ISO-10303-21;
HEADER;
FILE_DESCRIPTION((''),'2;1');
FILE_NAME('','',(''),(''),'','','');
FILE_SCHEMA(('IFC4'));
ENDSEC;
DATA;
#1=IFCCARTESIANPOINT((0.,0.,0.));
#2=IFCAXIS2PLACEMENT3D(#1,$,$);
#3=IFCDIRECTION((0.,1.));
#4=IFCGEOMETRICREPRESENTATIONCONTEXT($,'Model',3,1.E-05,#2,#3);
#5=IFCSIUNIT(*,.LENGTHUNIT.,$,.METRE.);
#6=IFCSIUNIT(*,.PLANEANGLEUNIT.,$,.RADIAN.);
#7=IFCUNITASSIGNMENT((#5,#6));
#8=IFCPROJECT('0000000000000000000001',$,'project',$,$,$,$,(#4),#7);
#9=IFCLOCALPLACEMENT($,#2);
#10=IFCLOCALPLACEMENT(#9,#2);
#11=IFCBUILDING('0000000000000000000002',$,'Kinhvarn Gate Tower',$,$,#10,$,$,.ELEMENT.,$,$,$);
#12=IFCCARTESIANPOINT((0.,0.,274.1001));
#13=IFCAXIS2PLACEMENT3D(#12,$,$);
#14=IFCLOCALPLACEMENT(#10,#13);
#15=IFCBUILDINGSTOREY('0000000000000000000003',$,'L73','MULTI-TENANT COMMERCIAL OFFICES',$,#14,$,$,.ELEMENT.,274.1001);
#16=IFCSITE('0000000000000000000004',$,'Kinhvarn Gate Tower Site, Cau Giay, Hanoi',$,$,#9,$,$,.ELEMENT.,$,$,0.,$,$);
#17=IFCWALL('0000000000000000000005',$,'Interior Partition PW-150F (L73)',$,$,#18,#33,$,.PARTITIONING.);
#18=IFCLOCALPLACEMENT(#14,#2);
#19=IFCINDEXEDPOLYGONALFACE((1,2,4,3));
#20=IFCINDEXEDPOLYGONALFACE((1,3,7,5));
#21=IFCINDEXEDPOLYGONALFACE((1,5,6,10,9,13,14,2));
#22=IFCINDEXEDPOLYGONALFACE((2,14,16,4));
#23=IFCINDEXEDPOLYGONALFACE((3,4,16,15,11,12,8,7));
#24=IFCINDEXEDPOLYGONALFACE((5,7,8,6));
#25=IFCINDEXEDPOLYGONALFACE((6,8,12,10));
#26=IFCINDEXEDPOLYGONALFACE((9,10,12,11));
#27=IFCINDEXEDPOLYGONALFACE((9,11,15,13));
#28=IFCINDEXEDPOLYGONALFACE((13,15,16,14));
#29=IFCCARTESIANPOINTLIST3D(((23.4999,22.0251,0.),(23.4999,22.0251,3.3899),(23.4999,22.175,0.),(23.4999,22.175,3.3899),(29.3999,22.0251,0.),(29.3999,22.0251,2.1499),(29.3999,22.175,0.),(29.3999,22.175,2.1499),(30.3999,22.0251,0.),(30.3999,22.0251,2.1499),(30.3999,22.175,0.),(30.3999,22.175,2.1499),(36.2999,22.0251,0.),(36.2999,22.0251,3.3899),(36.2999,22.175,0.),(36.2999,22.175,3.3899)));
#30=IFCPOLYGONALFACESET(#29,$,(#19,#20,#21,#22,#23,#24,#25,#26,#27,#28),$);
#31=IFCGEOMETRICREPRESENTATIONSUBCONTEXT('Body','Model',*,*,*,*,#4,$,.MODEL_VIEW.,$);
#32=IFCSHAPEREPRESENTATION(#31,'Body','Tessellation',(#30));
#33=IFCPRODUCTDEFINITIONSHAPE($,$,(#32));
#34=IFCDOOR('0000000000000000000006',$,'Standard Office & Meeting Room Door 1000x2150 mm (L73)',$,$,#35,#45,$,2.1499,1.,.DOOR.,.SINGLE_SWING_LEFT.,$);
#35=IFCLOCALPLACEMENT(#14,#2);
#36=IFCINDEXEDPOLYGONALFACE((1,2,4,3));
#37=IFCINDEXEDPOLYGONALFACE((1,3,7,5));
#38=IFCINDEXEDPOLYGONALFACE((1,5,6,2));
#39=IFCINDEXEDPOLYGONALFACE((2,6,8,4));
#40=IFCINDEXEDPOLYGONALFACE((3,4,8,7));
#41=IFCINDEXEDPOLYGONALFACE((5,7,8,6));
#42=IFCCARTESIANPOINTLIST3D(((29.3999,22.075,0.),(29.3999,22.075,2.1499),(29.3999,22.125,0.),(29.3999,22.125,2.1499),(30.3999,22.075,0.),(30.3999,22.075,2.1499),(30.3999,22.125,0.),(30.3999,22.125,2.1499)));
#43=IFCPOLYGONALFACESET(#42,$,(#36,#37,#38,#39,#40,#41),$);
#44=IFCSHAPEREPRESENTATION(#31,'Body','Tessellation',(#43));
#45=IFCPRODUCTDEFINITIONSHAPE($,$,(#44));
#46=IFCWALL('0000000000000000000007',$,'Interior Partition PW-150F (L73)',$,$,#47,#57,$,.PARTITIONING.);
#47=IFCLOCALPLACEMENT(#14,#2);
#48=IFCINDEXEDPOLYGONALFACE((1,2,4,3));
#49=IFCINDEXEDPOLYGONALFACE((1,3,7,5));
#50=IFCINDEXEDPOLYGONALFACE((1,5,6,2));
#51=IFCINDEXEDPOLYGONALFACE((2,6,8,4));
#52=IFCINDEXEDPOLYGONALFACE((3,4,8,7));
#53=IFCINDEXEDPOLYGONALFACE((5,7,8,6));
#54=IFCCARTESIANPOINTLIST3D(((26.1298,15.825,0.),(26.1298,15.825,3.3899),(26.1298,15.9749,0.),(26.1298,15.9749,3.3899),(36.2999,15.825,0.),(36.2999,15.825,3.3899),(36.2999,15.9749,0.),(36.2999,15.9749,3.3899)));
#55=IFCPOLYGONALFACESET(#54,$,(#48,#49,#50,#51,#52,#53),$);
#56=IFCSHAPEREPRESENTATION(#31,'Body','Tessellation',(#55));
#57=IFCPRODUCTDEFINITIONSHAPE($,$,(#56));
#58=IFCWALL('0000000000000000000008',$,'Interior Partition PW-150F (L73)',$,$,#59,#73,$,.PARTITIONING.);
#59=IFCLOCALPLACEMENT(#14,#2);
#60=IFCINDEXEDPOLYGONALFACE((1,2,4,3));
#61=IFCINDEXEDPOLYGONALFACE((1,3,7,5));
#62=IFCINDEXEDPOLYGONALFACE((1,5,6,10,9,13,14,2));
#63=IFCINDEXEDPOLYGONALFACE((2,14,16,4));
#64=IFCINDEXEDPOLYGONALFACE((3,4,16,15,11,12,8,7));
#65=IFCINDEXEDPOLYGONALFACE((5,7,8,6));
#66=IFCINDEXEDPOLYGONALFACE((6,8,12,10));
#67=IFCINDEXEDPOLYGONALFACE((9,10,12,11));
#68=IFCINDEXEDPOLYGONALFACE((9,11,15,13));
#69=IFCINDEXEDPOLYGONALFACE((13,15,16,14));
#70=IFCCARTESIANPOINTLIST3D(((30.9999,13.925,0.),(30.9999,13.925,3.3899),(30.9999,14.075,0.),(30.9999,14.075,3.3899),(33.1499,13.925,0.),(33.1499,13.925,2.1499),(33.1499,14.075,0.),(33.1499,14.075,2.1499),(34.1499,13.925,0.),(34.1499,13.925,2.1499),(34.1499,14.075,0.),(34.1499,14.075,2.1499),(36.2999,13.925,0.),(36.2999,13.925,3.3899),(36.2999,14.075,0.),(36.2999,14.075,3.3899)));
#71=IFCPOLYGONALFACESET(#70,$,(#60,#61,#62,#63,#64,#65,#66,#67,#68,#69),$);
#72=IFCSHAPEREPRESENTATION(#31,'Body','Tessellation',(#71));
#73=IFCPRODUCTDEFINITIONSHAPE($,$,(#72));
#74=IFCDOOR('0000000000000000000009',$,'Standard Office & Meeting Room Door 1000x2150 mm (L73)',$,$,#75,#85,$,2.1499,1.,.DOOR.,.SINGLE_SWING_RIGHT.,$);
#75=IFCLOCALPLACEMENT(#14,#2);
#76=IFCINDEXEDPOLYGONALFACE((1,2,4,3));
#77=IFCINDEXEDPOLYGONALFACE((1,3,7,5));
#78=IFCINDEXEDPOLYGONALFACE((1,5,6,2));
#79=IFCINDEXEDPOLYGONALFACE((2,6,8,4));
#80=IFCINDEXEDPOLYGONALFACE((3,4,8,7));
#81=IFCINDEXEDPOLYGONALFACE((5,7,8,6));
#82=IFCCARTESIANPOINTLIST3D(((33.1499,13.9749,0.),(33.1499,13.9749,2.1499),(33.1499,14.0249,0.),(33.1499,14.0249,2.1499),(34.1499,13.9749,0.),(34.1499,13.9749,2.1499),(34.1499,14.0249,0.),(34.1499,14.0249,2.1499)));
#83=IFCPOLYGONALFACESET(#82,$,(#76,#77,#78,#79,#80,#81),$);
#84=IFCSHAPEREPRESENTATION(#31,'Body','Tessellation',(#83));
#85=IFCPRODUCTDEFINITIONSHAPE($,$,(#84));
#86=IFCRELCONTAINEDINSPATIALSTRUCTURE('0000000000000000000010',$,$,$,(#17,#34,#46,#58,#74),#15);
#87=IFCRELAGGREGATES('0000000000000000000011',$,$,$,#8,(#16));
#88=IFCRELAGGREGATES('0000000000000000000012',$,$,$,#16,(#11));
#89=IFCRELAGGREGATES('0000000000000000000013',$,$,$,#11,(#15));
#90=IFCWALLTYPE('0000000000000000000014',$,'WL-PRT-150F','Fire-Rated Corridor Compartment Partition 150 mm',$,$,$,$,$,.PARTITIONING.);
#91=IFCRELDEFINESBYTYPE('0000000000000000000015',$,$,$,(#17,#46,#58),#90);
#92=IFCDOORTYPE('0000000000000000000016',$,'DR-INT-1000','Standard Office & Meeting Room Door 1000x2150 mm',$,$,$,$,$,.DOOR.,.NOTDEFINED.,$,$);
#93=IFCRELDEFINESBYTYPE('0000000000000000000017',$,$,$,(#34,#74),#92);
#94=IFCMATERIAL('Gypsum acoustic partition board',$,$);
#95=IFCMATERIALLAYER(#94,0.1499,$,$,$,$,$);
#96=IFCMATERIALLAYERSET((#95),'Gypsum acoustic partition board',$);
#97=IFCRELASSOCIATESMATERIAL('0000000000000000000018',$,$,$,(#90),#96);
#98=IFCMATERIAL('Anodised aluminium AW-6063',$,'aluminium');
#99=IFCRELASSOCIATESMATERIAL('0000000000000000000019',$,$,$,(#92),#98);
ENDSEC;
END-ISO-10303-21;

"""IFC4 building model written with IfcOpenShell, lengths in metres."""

from ifc_helpers import new_model, si_unit, direction, frame, frame_2d, origin, place, context, subcontext, project, spatial, rectangle, extrude, material, layer, layer_set, type_object, element, fill, save


model = new_model("IFC4")

# Units and contexts
model_context = context("Model", 3, precision=1e-05, world=origin(), true_north=direction((0.0, 1.0)))
body_context = subcontext(model_context, "Body", "Model", "MODEL_VIEW")
ifc_project = project(units=[si_unit("LENGTHUNIT", "METRE"), si_unit("PLANEANGLEUNIT", "RADIAN")], contexts=[model_context])

# Site, building, storey
site_placement = place(None, origin())
site = spatial("IfcSite", under=ifc_project, at=site_placement, Name="Kinhvarn Gate Tower Site, Cau Giay, Hanoi", CompositionType="ELEMENT", RefElevation=0.0)
building_placement = place(site_placement, origin())
building = spatial("IfcBuilding", under=site, at=building_placement, Name="Kinhvarn Gate Tower", CompositionType="ELEMENT")
storey_placement = place(building_placement, frame((0.0, 0.0, 274.1001)))
storey = spatial("IfcBuildingStorey", under=building, at=storey_placement, Name="L73", Description="MULTI-TENANT COMMERCIAL OFFICES", CompositionType="ELEMENT", Elevation=274.1001)

# Shared definitions
ifc_material_1 = material(Name="Gypsum acoustic partition board")
ifc_layer_1 = layer(ifc_material_1, 0.1499)
ifc_layer_set_1 = layer_set([ifc_layer_1], Name="Gypsum acoustic partition board")
wall_type_1 = type_object("IfcWallType", Name="WL-PRT-150F", Description="Fire-Rated Corridor Compartment Partition 150 mm", PredefinedType="PARTITIONING", material=ifc_layer_set_1)

# Wall, opening, door
wall_1_placement = place(storey_placement, frame((23.5, 22.1001, 0.0), z_axis=(0.0, 0.0, 1.0), x_axis=(1.0, 0.0, 0.0)))
wall_1 = element("IfcWall", 1, at=wall_1_placement, inside=storey, type_object=wall_type_1, Name="Interior Partition PW-150F (L73)", PredefinedType="PARTITIONING", context=body_context, shape_type="SweptSolid", body=[
    extrude(rectangle(XDim=12.8, YDim=0.1499, at=frame_2d((6.3999, 0.0))), origin(), (0.0, 0.0, 1.0), 3.3899),
])
opening_1_placement = place(wall_1_placement, frame((5.8999, 0.0, 0.0)))
opening_1 = element("IfcOpeningElement", 2, at=opening_1_placement, cuts=wall_1, PredefinedType="OPENING", context=body_context, shape_type="SweptSolid", body=[
    extrude(rectangle(XDim=1.0, YDim=2.1499, at=frame_2d((0.5, 1.075))), frame((0.0, 0.085, 0.0), z_axis=(0.0, -1.0, 0.0), x_axis=(1.0, 0.0, 0.0)), (0.0, 0.0, 1.0), 0.1699),
])
ifc_material_2 = material(Name="Anodised aluminium AW-6063", Category="aluminium")
door_type = type_object("IfcDoorType", Name="DR-INT-1000", Description="Standard Office & Meeting Room Door 1000x2150 mm", OperationType="NOTDEFINED", PredefinedType="DOOR", material=ifc_material_2)
door_1_placement = place(opening_1_placement, origin())
door_1 = element("IfcDoor", 3, at=door_1_placement, inside=storey, type_object=door_type, Name="Standard Office & Meeting Room Door 1000x2150 mm (L73)", OperationType="SINGLE_SWING_LEFT", OverallHeight=2.1499, OverallWidth=1.0, PredefinedType="DOOR", context=body_context, shape_type="SweptSolid", body=[
    extrude(rectangle(XDim=1.0, YDim=2.1499, at=frame_2d((0.5, 1.075))), frame((0.0, 0.0249, 0.0), z_axis=(0.0, -1.0, 0.0), x_axis=(1.0, 0.0, 0.0)), (0.0, 0.0, 1.0), 0.05),
])
fill(opening_1, door_1)

# Wall
wall_2_placement = place(storey_placement, frame((26.1299, 15.8999, 0.0), z_axis=(0.0, 0.0, 1.0), x_axis=(1.0, 0.0, 0.0)))
element("IfcWall", 4, at=wall_2_placement, inside=storey, type_object=wall_type_1, Name="Interior Partition PW-150F (L73)", PredefinedType="PARTITIONING", context=body_context, shape_type="SweptSolid", body=[
    extrude(rectangle(XDim=10.1702, YDim=0.1499, at=frame_2d((5.085, 0.0))), origin(), (0.0, 0.0, 1.0), 3.3899),
])

# Wall, opening, door
wall_3_placement = place(storey_placement, frame((31.0, 14.0, 0.0), z_axis=(0.0, 0.0, 1.0), x_axis=(1.0, 0.0, 0.0)))
wall_3 = element("IfcWall", 5, at=wall_3_placement, inside=storey, type_object=wall_type_1, Name="Interior Partition PW-150F (L73)", PredefinedType="PARTITIONING", context=body_context, shape_type="SweptSolid", body=[
    extrude(rectangle(XDim=5.3, YDim=0.1499, at=frame_2d((2.6499, 0.0))), origin(), (0.0, 0.0, 1.0), 3.3899),
])
opening_2_placement = place(wall_3_placement, frame((2.1499, 0.0, 0.0)))
opening_2 = element("IfcOpeningElement", 6, at=opening_2_placement, cuts=wall_3, PredefinedType="OPENING", context=body_context, shape_type="SweptSolid", body=[
    extrude(rectangle(XDim=1.0, YDim=2.1499, at=frame_2d((0.5, 1.075))), frame((0.0, 0.085, 0.0), z_axis=(0.0, -1.0, 0.0), x_axis=(1.0, 0.0, 0.0)), (0.0, 0.0, 1.0), 0.1699),
])
door_2_placement = place(opening_2_placement, origin())
door_2 = element("IfcDoor", 7, at=door_2_placement, inside=storey, type_object=door_type, Name="Standard Office & Meeting Room Door 1000x2150 mm (L73)", OperationType="SINGLE_SWING_RIGHT", OverallHeight=2.1499, OverallWidth=1.0, PredefinedType="DOOR", context=body_context, shape_type="SweptSolid", body=[
    extrude(rectangle(XDim=1.0, YDim=2.1499, at=frame_2d((0.5, 1.075))), frame((0.0, 0.0249, 0.0), z_axis=(0.0, -1.0, 0.0), x_axis=(1.0, 0.0, 0.0)), (0.0, 0.0, 1.0), 0.05),
])
fill(opening_2, door_2)

save(model, "model.ifc")
